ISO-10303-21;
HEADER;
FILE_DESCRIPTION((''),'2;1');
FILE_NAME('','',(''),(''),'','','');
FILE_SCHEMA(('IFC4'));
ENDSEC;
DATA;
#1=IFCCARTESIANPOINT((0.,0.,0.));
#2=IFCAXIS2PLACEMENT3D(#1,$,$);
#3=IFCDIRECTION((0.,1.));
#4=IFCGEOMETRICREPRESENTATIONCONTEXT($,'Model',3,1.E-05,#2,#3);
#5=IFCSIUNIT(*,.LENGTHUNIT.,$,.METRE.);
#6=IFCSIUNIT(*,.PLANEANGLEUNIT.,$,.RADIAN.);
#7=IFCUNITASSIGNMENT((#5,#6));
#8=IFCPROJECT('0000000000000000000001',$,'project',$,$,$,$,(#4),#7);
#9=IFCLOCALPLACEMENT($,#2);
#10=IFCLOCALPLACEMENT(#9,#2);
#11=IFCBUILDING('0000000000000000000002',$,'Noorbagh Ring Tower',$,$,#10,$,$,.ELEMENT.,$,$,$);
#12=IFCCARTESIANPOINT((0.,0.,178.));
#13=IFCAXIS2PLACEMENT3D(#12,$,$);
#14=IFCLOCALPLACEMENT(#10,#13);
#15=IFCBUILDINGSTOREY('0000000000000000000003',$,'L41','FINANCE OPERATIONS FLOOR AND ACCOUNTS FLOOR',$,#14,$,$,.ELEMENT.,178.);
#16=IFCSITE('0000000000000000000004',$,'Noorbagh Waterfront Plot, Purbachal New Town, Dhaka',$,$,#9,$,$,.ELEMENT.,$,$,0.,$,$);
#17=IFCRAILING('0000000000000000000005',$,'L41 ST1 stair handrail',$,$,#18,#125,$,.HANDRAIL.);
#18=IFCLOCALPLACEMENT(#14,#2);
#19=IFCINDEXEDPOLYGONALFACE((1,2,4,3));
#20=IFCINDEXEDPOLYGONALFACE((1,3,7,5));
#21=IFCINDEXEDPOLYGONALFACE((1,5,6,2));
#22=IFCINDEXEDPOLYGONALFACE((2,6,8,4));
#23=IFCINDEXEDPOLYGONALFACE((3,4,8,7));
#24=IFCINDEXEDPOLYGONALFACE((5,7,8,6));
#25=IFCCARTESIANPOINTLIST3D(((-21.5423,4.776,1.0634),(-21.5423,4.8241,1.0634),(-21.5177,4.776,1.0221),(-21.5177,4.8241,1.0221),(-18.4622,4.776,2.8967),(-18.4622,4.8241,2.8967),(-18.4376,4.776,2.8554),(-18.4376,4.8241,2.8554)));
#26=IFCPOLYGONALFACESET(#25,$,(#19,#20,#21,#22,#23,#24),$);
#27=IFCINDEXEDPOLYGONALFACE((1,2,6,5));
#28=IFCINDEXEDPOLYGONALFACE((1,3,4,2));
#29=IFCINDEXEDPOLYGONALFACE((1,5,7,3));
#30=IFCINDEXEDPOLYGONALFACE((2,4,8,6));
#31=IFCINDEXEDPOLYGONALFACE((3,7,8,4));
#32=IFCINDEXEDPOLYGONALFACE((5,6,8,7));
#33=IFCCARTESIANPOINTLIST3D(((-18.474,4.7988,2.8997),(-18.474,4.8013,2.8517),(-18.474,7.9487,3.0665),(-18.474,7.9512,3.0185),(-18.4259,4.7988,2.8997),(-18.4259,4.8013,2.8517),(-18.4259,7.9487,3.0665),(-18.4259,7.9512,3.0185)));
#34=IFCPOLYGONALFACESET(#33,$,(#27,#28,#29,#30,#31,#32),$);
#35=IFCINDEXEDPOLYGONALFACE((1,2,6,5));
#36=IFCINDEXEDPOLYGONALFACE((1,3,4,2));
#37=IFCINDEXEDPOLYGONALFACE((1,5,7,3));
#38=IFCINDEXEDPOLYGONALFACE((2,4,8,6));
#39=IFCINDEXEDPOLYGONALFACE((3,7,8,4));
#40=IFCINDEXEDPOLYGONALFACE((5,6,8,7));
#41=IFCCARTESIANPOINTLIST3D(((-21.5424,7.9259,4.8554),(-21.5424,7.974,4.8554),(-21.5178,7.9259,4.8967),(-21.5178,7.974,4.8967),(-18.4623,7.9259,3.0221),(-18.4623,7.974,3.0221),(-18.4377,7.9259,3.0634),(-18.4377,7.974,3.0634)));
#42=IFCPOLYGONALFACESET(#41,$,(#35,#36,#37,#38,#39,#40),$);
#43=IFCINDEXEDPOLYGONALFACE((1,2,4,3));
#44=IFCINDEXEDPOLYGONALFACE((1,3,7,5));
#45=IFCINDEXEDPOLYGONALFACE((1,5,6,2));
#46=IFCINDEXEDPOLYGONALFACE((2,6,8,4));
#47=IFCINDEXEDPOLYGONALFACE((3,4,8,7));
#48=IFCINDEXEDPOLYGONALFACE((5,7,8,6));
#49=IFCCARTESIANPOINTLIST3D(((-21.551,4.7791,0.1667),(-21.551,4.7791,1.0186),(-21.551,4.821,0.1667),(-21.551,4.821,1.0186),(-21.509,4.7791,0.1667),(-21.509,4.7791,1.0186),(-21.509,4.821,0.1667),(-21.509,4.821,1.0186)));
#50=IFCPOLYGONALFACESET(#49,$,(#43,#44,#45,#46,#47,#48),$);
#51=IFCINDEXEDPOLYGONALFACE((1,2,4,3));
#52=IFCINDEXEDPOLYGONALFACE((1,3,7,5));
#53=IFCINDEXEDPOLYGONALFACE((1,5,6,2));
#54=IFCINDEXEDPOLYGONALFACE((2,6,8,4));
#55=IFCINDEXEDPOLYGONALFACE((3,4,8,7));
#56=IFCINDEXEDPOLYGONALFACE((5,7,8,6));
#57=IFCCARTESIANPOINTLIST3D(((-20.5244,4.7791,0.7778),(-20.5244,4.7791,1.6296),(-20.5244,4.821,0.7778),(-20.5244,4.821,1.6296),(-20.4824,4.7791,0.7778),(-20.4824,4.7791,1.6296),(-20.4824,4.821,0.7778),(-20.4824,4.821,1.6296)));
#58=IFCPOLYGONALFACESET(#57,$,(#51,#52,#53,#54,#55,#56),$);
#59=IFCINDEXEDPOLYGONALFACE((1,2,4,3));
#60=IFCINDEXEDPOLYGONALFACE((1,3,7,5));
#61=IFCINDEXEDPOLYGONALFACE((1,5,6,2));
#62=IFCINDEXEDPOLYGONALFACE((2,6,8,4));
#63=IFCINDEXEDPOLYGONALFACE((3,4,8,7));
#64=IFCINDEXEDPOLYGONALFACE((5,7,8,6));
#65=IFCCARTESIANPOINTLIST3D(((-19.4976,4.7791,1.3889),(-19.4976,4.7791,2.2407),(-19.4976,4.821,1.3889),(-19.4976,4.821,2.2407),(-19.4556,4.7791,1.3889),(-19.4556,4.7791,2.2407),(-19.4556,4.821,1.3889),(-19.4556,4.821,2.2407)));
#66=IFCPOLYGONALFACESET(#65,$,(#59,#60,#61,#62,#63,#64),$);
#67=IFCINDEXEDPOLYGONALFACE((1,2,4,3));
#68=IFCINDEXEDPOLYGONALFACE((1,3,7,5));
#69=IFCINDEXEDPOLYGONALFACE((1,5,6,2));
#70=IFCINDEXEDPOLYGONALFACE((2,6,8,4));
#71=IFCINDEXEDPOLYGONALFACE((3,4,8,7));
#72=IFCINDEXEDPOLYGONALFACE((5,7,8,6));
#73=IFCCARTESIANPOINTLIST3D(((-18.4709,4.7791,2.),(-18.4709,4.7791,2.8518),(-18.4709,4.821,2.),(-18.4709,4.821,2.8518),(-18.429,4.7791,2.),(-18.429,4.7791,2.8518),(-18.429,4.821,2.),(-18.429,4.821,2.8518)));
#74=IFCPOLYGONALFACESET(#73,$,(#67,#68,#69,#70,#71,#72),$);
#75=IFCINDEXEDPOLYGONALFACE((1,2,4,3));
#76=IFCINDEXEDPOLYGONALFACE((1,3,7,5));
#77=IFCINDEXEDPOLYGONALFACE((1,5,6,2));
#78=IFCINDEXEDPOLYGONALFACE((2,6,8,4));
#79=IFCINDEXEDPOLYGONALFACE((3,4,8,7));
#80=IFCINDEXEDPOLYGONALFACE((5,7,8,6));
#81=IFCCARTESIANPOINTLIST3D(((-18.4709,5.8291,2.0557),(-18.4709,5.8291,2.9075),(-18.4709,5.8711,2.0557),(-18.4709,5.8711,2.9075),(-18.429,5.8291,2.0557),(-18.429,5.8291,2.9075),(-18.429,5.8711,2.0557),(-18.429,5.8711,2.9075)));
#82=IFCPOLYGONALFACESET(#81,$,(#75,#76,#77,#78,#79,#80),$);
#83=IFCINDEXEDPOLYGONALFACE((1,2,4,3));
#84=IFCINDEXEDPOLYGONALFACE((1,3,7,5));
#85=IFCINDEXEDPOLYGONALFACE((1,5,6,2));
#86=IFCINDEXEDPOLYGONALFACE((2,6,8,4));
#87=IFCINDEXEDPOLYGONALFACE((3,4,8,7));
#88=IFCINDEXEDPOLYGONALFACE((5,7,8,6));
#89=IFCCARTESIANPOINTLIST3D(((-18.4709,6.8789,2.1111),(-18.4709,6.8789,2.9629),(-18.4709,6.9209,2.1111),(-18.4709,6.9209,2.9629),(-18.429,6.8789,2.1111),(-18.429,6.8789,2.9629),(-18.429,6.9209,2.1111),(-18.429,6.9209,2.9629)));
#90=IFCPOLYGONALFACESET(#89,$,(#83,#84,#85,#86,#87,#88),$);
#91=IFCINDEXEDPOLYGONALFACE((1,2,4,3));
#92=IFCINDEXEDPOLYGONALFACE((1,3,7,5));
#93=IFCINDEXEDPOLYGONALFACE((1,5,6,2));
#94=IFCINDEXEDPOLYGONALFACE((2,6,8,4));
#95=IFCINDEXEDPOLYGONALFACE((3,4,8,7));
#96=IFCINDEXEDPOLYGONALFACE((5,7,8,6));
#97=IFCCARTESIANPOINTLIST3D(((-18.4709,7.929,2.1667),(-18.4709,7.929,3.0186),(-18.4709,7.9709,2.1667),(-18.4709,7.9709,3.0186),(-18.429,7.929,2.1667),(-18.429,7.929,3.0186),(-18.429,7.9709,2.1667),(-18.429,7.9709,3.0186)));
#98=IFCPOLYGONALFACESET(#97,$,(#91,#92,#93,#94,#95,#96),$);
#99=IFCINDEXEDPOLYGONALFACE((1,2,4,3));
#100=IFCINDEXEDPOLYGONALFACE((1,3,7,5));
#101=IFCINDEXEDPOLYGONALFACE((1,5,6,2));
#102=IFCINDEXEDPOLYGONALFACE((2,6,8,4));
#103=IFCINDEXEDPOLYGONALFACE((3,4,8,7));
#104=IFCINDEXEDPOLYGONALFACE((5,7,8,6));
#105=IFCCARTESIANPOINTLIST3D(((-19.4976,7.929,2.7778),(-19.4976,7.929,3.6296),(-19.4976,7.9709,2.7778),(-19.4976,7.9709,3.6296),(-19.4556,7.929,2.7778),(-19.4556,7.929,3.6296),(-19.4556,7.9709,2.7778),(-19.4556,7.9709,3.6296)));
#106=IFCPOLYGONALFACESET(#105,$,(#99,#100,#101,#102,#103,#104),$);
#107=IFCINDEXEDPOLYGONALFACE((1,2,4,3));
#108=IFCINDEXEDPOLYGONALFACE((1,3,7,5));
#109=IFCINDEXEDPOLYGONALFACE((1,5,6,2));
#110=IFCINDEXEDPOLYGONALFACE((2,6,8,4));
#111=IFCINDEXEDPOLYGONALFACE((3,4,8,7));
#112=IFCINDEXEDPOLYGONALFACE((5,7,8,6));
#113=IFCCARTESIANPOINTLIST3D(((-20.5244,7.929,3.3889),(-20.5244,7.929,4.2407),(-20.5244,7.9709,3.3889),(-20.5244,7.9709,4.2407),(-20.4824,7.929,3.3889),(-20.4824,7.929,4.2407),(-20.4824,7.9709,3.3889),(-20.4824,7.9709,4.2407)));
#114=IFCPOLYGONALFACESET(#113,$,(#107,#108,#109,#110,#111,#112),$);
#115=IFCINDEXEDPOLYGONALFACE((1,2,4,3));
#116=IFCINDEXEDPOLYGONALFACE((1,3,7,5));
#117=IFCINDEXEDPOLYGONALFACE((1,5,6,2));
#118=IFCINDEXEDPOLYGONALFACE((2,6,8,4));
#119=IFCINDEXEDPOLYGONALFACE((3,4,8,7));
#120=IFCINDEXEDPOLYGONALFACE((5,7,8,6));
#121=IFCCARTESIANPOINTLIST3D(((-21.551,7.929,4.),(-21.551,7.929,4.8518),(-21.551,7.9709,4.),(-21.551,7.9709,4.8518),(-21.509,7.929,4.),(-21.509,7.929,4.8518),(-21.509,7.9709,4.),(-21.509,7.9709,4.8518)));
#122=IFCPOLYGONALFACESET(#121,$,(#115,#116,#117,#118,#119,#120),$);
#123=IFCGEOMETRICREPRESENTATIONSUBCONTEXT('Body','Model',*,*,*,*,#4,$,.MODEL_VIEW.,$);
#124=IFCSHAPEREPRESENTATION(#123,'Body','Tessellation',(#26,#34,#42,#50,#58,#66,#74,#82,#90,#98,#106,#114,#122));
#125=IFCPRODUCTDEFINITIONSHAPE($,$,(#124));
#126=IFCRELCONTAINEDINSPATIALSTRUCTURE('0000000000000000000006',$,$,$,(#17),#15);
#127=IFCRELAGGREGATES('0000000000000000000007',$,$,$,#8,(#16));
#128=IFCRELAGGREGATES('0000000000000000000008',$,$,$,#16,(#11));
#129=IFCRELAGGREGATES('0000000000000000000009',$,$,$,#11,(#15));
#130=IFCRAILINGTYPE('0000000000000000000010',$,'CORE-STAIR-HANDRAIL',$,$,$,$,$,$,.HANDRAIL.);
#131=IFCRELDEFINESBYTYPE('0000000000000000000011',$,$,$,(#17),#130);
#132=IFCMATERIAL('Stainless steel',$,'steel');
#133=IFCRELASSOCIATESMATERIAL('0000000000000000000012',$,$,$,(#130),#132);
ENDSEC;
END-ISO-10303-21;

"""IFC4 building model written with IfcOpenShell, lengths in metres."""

from ifc_helpers import new_model, si_unit, direction, frame, origin, origin_2d, place, context, subcontext, project, spatial, rectangle, extrude, material, type_object, element, save


model = new_model("IFC4")

# Units and contexts
model_context = context("Model", 3, precision=1e-05, world=origin(), true_north=direction((0.0, 1.0)))
body_context = subcontext(model_context, "Body", "Model", "MODEL_VIEW")
ifc_project = project(units=[si_unit("LENGTHUNIT", "METRE"), si_unit("PLANEANGLEUNIT", "RADIAN")], contexts=[model_context])

# Site, building, storey
site_placement = place(None, origin())
site = spatial("IfcSite", under=ifc_project, at=site_placement, Name="Noorbagh Waterfront Plot, Purbachal New Town, Dhaka", CompositionType="ELEMENT", RefElevation=0.0)
building_placement = place(site_placement, origin())
building = spatial("IfcBuilding", under=site, at=building_placement, Name="Noorbagh Ring Tower", CompositionType="ELEMENT")
storey_placement = place(building_placement, frame((0.0, 0.0, 178.0)))
storey = spatial("IfcBuildingStorey", under=building, at=storey_placement, Name="L41", Description="FINANCE OPERATIONS FLOOR AND ACCOUNTS FLOOR", CompositionType="ELEMENT", Elevation=178.0)

# Railing
ifc_material_1 = material(Name="Stainless steel", Category="steel")
railing_type_1 = type_object("IfcRailingType", Name="CORE-STAIR-HANDRAIL", PredefinedType="HANDRAIL", material=ifc_material_1)
railing_1_placement = place(storey_placement, frame((-21.53, 4.8, 0.1667)))
element("IfcRailing", 1, at=railing_1_placement, inside=storey, type_object=railing_type_1, Name="L41 ST1 stair handrail", PredefinedType="HANDRAIL", context=body_context, shape_type="SweptSolid", body=[
    extrude(rectangle(XDim=0.0481, YDim=0.0481, at=origin_2d()), frame((0.0, 0.0, 0.876), z_axis=(0.859309, 0.0, 0.511458), x_axis=(0.0, 1.0, 0.0)), (0.0, 0.0, 1.0), 3.5845),
    extrude(rectangle(XDim=0.0481, YDim=0.0481, at=origin_2d()), frame((3.0801, 0.0, 2.709), z_axis=(0.0, 0.998602, 0.052864), x_axis=(-1.0, 0.0, 0.0)), (0.0, 0.0, 1.0), 3.1543),
    extrude(rectangle(XDim=0.0481, YDim=0.0481, at=origin_2d()), frame((3.0801, 3.1499, 2.876), z_axis=(-0.859309, 0.0, 0.511458), x_axis=(0.0, -1.0, 0.0)), (0.0, 0.0, 1.0), 3.5845),
    extrude(rectangle(XDim=0.042, YDim=0.042, at=origin_2d()), origin(), (0.0, 0.0, 1.0), 0.8518),
    extrude(rectangle(XDim=0.042, YDim=0.042, at=origin_2d()), frame((1.0266, 0.0, 0.6111)), (0.0, 0.0, 1.0), 0.8518),
    extrude(rectangle(XDim=0.042, YDim=0.042, at=origin_2d()), frame((2.0535, 0.0, 1.2222)), (0.0, 0.0, 1.0), 0.8518),
    extrude(rectangle(XDim=0.042, YDim=0.042, at=origin_2d()), frame((3.0801, 0.0, 1.8333)), (0.0, 0.0, 1.0), 0.8518),
    extrude(rectangle(XDim=0.042, YDim=0.042, at=origin_2d()), frame((3.0801, 1.05, 1.8889)), (0.0, 0.0, 1.0), 0.8518),
    extrude(rectangle(XDim=0.042, YDim=0.042, at=origin_2d()), frame((3.0801, 2.0999, 1.9443)), (0.0, 0.0, 1.0), 0.8518),
    extrude(rectangle(XDim=0.042, YDim=0.042, at=origin_2d()), frame((3.0801, 3.1499, 2.0)), (0.0, 0.0, 1.0), 0.8518),
    extrude(rectangle(XDim=0.042, YDim=0.042, at=origin_2d()), frame((2.0535, 3.1499, 2.6111)), (0.0, 0.0, 1.0), 0.8518),
    extrude(rectangle(XDim=0.042, YDim=0.042, at=origin_2d()), frame((1.0266, 3.1499, 3.2222)), (0.0, 0.0, 1.0), 0.8518),
    extrude(rectangle(XDim=0.042, YDim=0.042, at=origin_2d()), frame((0.0, 3.1499, 3.8333)), (0.0, 0.0, 1.0), 0.8518),
])

save(model, "model.ifc")
